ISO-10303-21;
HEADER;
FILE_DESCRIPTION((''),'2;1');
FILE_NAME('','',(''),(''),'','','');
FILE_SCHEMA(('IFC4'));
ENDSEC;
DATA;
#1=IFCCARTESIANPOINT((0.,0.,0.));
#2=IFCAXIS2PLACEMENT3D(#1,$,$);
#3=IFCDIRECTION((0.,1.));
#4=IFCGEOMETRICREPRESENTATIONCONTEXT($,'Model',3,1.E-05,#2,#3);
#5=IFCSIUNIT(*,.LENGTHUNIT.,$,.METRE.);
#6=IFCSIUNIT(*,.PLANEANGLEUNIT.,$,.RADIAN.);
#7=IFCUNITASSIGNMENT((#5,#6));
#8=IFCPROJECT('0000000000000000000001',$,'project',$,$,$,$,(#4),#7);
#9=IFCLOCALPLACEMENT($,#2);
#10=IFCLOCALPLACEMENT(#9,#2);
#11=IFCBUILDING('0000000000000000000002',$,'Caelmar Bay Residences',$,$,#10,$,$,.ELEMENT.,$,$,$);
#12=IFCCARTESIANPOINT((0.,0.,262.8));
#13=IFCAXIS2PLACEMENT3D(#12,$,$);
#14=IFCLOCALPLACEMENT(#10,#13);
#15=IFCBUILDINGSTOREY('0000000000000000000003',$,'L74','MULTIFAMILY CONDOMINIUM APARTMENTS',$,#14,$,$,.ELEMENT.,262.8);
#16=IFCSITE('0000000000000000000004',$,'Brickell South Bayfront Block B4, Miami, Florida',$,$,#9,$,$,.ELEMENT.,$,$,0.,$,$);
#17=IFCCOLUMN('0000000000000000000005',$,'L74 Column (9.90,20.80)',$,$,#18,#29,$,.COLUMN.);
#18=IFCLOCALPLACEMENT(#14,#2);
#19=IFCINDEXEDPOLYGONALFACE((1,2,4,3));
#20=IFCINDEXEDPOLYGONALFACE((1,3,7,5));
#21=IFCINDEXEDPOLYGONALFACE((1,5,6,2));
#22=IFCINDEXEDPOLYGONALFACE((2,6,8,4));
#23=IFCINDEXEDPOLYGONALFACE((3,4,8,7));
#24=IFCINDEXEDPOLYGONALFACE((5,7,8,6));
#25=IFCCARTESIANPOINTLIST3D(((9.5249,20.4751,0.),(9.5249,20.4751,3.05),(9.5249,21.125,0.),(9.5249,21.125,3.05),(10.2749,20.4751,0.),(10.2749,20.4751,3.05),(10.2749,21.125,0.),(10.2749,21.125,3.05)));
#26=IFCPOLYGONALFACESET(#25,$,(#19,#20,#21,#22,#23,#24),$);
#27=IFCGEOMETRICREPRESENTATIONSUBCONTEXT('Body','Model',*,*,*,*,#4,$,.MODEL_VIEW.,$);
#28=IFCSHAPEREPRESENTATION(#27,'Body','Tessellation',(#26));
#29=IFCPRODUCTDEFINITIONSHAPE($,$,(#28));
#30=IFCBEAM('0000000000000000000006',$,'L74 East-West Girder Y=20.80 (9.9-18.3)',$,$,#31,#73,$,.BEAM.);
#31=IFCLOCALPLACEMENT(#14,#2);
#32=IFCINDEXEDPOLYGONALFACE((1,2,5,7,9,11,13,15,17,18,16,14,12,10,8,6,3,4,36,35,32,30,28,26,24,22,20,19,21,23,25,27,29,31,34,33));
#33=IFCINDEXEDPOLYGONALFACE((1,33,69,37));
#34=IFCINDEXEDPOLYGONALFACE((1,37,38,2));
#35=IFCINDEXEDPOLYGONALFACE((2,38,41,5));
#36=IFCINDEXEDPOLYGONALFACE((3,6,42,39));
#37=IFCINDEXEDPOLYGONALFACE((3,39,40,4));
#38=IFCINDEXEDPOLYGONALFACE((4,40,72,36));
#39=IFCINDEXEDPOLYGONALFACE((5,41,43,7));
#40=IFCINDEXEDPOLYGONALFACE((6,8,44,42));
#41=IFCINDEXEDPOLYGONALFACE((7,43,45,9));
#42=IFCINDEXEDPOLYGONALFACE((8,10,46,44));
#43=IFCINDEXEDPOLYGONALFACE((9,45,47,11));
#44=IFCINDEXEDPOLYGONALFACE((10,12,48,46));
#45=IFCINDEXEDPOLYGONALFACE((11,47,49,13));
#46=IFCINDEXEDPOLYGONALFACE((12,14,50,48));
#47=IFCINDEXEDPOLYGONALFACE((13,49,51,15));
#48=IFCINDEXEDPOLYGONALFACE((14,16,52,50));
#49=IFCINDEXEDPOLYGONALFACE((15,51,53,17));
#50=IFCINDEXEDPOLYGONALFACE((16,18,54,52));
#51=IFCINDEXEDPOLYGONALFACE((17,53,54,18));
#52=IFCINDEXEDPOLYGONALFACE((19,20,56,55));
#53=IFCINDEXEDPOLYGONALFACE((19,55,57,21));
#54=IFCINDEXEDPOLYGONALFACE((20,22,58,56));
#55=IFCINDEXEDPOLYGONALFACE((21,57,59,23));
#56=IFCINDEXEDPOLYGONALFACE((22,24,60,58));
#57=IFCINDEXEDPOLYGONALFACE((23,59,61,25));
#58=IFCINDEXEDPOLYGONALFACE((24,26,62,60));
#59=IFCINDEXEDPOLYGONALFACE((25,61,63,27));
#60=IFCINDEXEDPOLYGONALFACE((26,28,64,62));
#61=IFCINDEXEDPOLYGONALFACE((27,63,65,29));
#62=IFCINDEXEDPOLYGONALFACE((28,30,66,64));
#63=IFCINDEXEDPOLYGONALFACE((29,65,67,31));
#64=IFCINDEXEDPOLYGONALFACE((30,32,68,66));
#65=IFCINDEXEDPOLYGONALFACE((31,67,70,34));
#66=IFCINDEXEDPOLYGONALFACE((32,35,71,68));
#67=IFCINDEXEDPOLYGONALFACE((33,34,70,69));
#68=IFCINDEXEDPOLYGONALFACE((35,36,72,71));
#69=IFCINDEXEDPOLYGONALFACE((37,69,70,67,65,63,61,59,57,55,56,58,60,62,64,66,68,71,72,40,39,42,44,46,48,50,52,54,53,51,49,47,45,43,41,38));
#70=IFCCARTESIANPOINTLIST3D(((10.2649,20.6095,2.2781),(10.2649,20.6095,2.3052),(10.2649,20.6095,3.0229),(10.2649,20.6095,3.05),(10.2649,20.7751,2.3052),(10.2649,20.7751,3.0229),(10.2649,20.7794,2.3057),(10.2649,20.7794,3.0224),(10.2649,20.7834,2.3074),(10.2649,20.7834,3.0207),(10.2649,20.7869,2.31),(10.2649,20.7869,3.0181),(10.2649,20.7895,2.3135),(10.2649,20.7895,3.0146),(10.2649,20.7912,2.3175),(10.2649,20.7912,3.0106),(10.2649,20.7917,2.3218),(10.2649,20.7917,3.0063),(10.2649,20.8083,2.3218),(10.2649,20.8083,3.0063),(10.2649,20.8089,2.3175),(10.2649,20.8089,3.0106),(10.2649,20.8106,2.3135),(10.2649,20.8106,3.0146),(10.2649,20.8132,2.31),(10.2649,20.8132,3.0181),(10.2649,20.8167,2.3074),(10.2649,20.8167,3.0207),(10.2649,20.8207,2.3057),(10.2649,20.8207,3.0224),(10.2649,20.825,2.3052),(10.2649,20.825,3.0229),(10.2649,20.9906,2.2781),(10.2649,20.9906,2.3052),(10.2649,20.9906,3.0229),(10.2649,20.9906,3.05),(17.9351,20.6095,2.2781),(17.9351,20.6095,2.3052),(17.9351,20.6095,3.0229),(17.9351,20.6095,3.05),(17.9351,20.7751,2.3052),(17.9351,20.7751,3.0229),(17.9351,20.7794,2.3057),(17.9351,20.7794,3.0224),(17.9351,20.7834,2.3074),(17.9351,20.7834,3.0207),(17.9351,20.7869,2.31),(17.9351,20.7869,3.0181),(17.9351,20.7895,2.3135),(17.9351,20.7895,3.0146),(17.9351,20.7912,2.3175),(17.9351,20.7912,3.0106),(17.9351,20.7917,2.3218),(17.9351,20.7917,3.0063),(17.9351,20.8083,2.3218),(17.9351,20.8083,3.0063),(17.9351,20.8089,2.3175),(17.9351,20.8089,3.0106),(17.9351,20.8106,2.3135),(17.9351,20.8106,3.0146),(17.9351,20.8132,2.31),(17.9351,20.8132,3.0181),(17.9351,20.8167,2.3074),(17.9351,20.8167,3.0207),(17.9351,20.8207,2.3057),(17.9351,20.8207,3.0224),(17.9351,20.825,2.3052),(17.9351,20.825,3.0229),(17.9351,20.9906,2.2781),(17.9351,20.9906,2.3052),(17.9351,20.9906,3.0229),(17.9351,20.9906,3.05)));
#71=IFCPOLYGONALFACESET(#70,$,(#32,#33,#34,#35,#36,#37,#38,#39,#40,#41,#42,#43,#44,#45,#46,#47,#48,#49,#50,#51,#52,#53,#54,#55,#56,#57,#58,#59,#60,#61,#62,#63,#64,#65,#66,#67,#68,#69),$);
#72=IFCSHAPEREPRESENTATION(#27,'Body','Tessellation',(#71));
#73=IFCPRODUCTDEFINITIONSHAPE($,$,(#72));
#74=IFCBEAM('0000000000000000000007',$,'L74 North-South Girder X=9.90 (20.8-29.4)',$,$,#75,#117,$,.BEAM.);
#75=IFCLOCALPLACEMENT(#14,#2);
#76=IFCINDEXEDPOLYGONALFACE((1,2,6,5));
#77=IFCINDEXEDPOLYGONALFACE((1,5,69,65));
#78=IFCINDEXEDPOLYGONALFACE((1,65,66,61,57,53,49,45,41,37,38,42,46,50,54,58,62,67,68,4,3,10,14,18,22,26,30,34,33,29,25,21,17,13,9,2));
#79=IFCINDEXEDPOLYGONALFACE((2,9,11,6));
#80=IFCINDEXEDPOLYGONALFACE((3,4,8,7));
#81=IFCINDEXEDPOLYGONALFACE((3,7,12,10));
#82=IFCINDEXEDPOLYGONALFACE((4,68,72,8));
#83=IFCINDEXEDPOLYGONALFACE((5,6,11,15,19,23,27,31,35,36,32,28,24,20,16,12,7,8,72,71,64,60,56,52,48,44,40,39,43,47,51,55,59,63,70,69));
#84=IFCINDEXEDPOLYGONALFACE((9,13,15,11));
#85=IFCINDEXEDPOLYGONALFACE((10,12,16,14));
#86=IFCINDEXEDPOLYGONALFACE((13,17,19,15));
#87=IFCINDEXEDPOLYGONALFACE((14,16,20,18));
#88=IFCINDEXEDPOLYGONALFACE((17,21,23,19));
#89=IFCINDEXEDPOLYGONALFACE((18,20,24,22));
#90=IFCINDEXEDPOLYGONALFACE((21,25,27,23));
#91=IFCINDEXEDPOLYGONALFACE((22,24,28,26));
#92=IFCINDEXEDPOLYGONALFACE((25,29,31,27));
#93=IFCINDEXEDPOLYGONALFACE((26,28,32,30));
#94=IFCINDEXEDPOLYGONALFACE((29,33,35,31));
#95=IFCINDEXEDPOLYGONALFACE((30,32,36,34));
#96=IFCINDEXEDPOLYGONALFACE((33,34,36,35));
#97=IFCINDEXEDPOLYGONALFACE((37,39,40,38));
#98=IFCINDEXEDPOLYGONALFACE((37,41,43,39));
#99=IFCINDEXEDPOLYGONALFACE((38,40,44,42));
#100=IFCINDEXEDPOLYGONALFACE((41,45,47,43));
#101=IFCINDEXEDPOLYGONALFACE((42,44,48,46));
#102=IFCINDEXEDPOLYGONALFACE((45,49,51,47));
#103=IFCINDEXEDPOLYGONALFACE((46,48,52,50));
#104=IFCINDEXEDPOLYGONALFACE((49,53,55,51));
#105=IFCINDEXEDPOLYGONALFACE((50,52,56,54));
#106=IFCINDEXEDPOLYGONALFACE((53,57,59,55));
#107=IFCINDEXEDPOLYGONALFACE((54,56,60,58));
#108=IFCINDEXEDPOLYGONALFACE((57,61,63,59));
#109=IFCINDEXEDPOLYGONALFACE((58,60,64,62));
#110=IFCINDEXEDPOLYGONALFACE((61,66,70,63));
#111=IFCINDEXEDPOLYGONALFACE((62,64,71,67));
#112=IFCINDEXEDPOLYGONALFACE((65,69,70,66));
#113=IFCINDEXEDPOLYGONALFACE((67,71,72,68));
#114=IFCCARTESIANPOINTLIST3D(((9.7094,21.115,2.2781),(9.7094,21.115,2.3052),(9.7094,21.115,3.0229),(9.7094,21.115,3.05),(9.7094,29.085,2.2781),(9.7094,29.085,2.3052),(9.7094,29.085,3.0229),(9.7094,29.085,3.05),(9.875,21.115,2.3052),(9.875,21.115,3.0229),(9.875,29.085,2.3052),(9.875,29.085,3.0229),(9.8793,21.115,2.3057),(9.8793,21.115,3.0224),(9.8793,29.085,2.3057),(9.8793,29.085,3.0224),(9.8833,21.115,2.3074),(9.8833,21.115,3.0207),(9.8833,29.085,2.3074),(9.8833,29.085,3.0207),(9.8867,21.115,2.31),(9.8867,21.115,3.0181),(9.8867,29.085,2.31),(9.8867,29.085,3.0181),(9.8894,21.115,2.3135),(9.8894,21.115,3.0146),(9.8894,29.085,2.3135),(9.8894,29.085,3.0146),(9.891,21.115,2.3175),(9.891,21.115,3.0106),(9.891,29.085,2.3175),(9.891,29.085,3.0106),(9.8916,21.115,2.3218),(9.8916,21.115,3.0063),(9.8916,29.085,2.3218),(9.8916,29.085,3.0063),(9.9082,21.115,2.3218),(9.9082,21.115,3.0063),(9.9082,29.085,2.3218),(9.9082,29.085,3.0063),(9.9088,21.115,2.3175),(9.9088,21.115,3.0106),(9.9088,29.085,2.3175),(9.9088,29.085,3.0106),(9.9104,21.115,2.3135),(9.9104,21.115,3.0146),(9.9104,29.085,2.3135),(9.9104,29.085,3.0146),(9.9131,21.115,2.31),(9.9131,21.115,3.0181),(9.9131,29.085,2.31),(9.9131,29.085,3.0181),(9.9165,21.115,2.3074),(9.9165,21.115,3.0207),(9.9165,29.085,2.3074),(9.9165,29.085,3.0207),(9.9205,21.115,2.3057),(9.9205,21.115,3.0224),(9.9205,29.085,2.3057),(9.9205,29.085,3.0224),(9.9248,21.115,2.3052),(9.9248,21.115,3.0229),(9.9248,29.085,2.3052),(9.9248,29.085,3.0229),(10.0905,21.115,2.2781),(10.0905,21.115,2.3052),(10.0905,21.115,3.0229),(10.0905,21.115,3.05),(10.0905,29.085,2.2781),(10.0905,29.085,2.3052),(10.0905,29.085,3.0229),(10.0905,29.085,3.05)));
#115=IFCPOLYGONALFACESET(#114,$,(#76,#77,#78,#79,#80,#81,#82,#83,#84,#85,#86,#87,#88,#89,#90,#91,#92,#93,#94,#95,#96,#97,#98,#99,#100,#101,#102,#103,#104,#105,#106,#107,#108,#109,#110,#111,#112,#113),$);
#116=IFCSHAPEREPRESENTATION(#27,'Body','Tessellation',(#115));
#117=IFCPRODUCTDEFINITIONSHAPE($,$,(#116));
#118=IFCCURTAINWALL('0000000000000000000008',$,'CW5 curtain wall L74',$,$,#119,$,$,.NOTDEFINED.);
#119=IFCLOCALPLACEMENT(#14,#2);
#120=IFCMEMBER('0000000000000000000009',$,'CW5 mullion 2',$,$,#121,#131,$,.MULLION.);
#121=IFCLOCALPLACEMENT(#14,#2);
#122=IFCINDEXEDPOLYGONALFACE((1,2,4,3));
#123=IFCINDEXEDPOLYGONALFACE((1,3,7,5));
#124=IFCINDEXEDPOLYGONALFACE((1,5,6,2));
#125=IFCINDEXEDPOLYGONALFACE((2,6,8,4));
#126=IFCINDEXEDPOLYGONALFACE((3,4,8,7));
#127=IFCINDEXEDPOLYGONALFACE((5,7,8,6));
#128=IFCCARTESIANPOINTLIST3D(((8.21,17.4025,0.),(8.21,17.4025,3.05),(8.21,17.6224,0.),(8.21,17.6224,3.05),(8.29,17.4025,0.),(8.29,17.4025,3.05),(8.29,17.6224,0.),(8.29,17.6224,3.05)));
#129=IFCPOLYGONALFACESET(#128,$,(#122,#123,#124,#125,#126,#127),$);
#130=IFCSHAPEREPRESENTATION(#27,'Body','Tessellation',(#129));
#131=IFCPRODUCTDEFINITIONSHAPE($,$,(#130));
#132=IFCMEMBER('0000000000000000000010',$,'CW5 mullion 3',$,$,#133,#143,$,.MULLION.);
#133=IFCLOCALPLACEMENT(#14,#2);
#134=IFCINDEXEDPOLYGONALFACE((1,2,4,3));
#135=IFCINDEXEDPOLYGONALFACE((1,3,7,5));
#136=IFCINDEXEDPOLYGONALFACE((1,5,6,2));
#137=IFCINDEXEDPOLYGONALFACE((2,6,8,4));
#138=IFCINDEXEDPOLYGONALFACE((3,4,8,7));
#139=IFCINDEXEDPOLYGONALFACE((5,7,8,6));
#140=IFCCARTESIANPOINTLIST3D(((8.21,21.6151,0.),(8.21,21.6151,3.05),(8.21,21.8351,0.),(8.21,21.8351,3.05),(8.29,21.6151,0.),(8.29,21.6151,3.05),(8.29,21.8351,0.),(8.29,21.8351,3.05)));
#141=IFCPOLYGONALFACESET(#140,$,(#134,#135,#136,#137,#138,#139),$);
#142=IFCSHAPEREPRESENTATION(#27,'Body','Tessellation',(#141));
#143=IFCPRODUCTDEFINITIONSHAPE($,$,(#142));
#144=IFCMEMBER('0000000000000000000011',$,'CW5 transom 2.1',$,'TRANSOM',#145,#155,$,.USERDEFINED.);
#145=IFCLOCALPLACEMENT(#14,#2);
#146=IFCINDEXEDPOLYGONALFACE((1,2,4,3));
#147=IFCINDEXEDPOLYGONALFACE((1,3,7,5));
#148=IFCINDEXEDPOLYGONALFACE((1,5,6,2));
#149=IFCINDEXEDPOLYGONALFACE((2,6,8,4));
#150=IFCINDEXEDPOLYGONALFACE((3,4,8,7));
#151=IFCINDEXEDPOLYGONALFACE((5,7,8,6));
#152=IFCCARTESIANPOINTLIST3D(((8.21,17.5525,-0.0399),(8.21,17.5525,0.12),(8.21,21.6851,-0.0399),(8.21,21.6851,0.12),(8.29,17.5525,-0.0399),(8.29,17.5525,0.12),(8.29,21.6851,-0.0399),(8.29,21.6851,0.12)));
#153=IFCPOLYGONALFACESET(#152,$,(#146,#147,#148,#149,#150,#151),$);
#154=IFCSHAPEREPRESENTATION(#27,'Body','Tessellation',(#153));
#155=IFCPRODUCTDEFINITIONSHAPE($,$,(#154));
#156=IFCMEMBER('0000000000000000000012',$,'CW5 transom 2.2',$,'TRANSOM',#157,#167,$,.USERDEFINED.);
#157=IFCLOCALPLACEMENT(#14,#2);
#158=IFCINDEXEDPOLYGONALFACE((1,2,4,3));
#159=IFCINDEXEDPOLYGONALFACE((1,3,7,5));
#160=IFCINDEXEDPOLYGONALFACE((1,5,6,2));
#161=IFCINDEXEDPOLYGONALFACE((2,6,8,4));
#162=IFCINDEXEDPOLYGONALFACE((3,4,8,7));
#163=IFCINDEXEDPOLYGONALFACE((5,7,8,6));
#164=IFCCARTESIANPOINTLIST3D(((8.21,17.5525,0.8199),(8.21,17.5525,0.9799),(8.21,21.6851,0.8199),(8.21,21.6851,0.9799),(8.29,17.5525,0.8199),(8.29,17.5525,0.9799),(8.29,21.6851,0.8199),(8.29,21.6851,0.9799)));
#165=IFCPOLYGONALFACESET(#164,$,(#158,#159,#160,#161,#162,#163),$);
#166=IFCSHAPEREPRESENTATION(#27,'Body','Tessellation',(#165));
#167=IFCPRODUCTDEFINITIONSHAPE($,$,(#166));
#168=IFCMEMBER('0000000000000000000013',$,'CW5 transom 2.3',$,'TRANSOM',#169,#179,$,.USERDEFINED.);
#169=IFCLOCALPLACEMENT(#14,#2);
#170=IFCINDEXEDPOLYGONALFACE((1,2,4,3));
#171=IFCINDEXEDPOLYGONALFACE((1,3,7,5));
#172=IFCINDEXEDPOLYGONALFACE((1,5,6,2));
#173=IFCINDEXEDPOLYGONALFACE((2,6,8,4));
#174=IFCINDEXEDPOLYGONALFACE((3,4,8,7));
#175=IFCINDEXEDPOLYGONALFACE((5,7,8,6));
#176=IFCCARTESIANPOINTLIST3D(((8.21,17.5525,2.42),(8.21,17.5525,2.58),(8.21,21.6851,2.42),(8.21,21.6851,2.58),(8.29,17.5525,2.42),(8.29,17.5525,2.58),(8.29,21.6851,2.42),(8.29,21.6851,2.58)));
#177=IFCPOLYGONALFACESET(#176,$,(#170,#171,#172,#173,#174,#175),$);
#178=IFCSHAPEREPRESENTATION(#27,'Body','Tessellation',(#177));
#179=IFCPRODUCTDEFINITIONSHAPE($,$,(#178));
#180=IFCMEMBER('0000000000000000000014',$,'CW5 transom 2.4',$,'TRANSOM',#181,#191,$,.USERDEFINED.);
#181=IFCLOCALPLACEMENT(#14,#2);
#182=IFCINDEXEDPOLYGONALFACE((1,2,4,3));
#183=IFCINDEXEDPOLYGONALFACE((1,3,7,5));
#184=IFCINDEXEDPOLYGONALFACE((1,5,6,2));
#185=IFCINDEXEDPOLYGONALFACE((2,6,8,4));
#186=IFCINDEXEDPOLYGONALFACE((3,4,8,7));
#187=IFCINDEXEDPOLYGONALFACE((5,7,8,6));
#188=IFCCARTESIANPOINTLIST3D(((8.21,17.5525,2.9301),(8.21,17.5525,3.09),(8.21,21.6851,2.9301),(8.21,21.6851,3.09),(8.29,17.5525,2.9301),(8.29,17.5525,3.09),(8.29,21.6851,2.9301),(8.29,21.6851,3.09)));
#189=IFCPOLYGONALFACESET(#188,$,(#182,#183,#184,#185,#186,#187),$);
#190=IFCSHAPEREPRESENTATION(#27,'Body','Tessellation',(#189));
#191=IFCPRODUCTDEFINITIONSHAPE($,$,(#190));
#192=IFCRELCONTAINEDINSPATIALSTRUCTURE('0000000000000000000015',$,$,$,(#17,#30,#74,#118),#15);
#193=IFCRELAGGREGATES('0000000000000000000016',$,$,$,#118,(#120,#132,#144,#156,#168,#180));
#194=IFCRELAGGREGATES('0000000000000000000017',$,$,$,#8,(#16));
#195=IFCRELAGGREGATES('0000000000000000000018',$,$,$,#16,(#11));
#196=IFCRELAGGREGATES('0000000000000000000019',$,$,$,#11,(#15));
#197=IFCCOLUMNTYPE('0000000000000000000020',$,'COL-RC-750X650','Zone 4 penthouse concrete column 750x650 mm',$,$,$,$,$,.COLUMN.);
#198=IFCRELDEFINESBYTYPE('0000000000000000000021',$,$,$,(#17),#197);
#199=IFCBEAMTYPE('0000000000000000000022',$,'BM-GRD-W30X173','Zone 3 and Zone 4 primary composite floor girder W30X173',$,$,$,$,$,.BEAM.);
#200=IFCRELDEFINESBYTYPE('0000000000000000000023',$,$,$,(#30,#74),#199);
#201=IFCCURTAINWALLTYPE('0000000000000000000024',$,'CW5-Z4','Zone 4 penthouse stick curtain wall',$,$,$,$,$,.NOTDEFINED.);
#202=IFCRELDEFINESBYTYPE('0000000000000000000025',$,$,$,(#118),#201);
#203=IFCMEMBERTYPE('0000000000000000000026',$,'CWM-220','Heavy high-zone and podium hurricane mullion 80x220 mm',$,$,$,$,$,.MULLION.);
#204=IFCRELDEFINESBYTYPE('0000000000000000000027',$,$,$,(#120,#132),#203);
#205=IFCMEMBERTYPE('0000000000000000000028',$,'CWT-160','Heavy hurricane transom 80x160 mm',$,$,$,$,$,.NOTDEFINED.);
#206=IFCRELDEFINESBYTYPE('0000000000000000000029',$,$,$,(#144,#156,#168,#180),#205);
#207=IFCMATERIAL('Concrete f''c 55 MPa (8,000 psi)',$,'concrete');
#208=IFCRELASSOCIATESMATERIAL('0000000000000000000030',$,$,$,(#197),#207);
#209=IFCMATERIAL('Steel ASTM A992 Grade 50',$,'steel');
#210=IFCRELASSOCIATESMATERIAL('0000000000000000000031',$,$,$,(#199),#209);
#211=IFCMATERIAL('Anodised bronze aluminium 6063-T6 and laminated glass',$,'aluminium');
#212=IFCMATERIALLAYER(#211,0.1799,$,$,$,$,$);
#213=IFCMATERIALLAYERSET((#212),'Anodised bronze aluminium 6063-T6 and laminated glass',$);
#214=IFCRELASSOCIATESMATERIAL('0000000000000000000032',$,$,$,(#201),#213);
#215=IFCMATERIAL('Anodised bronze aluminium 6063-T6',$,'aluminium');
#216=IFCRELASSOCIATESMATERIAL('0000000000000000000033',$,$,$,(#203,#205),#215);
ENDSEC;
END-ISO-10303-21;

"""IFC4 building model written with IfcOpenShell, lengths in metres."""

from ifc_helpers import new_model, si_unit, direction, frame, origin, origin_2d, place, context, subcontext, project, spatial, rectangle, i_section, extrude, material, layer, layer_set, material_profile, profile_set, type_object, element, aggregate, save


model = new_model("IFC4")

# Units and contexts
model_context = context("Model", 3, precision=1e-05, world=origin(), true_north=direction((0.0, 1.0)))
body_context = subcontext(model_context, "Body", "Model", "MODEL_VIEW")
ifc_project = project(units=[si_unit("LENGTHUNIT", "METRE"), si_unit("PLANEANGLEUNIT", "RADIAN")], contexts=[model_context])

# Site, building, storey
site_placement = place(None, origin())
site = spatial("IfcSite", under=ifc_project, at=site_placement, Name="Brickell South Bayfront Block B4, Miami, Florida", CompositionType="ELEMENT", RefElevation=0.0)
building_placement = place(site_placement, origin())
building = spatial("IfcBuilding", under=site, at=building_placement, Name="Caelmar Bay Residences", CompositionType="ELEMENT")
storey_placement = place(building_placement, frame((0.0, 0.0, 262.8)))
storey = spatial("IfcBuildingStorey", under=building, at=storey_placement, Name="L74", Description="MULTIFAMILY CONDOMINIUM APARTMENTS", CompositionType="ELEMENT", Elevation=262.8)

# Column
ifc_material_1 = material(Name="Concrete f'c 55 MPa (8,000 psi)", Category="concrete")
ifc_material_profile_1 = material_profile(ifc_material_1, rectangle(XDim=0.75, YDim=0.6499, at=origin_2d()), Name="RC-COL-750X650")
ifc_profile_set_1 = profile_set([ifc_material_profile_1], Name="Concrete f'c 55 MPa (8,000 psi)")
column_type = type_object("IfcColumnType", Name="COL-RC-750X650", Description="Zone 4 penthouse concrete column 750x650 mm", PredefinedType="COLUMN", material=ifc_profile_set_1)
column_placement = place(storey_placement, frame((9.8999, 20.8, 0.0), z_axis=(0.0, 0.0, 1.0), x_axis=(1.0, 0.0, 0.0)))
element("IfcColumn", 1, at=column_placement, inside=storey, type_object=column_type, Name="L74 Column (9.90,20.80)", PredefinedType="COLUMN", context=body_context, shape_type="SweptSolid", body=[
    extrude(rectangle(XDim=0.75, YDim=0.6499, at=origin_2d()), origin(), (0.0, 0.0, 1.0), 3.05),
])

# Beams
ifc_material_2 = material(Name="Steel ASTM A992 Grade 50", Category="steel")
ifc_material_profile_2 = material_profile(ifc_material_2, i_section(OverallWidth=0.3811, OverallDepth=0.772, WebThickness=0.0166, FlangeThickness=0.0271, FilletRadius=0.0166, at=origin_2d()), Name="W30X173")
ifc_profile_set_2 = profile_set([ifc_material_profile_2], Name="Steel ASTM A992 Grade 50")
beam_type = type_object("IfcBeamType", Name="BM-GRD-W30X173", Description="Zone 3 and Zone 4 primary composite floor girder W30X173", PredefinedType="BEAM", material=ifc_profile_set_2)
beam_1_placement = place(storey_placement, frame((10.2649, 20.8, 2.6641), z_axis=(1.0, 0.0, 0.0), x_axis=(0.0, 1.0, 0.0)))
element("IfcBeam", 2, at=beam_1_placement, inside=storey, type_object=beam_type, Name="L74 East-West Girder Y=20.80 (9.9-18.3)", PredefinedType="BEAM", context=body_context, shape_type="SweptSolid", body=[
    extrude(i_section(OverallWidth=0.3811, OverallDepth=0.772, WebThickness=0.0166, FlangeThickness=0.0271, FilletRadius=0.0166, at=origin_2d()), origin(), (0.0, 0.0, 1.0), 7.6702),
])
beam_2_placement = place(storey_placement, frame((9.8999, 21.115, 2.6641), z_axis=(0.0, 1.0, 0.0), x_axis=(-1.0, 0.0, 0.0)))
element("IfcBeam", 3, at=beam_2_placement, inside=storey, type_object=beam_type, Name="L74 North-South Girder X=9.90 (20.8-29.4)", PredefinedType="BEAM", context=body_context, shape_type="SweptSolid", body=[
    extrude(i_section(OverallWidth=0.3811, OverallDepth=0.772, WebThickness=0.0166, FlangeThickness=0.0271, FilletRadius=0.0166, at=origin_2d()), origin(), (0.0, 0.0, 1.0), 7.97),
])

# Curtain wall, members
ifc_material_3 = material(Name="Anodised bronze aluminium 6063-T6 and laminated glass", Category="aluminium")
ifc_layer_1 = layer(ifc_material_3, 0.1799)
ifc_layer_set_1 = layer_set([ifc_layer_1], Name="Anodised bronze aluminium 6063-T6 and laminated glass")
curtain_wall_type = type_object("IfcCurtainWallType", Name="CW5-Z4", Description="Zone 4 penthouse stick curtain wall", PredefinedType="NOTDEFINED", material=ifc_layer_set_1)
curtain_wall_placement = place(storey_placement, origin())
curtain_wall = element("IfcCurtainWall", 4, at=curtain_wall_placement, inside=storey, type_object=curtain_wall_type, Name="CW5 curtain wall L74", PredefinedType="NOTDEFINED")
ifc_material_4 = material(Name="Anodised bronze aluminium 6063-T6", Category="aluminium")
ifc_material_profile_3 = material_profile(ifc_material_4, rectangle(XDim=0.0801, YDim=0.22, at=origin_2d()), Name="CWM-80X220")
ifc_profile_set_3 = profile_set([ifc_material_profile_3], Name="Anodised bronze aluminium 6063-T6")
member_type_1 = type_object("IfcMemberType", Name="CWM-220", Description="Heavy high-zone and podium hurricane mullion 80x220 mm", PredefinedType="MULLION", material=ifc_profile_set_3)
member_1_placement = place(storey_placement, frame((8.25, 17.5125, 0.0), z_axis=(0.0, 0.0, 1.0), x_axis=(-1.0, 0.0, 0.0)))
member_1 = element("IfcMember", 5, at=member_1_placement, type_object=member_type_1, Name="CW5 mullion 2", PredefinedType="MULLION", context=body_context, shape_type="SweptSolid", body=[
    extrude(rectangle(XDim=0.0801, YDim=0.22, at=origin_2d()), origin(), (0.0, 0.0, 1.0), 3.05),
])
member_2_placement = place(storey_placement, frame((8.25, 21.7251, 0.0), z_axis=(0.0, 0.0, 1.0), x_axis=(-1.0, 0.0, 0.0)))
member_2 = element("IfcMember", 6, at=member_2_placement, type_object=member_type_1, Name="CW5 mullion 3", PredefinedType="MULLION", context=body_context, shape_type="SweptSolid", body=[
    extrude(rectangle(XDim=0.0801, YDim=0.22, at=origin_2d()), origin(), (0.0, 0.0, 1.0), 3.05),
])
ifc_material_profile_4 = material_profile(ifc_material_4, rectangle(XDim=0.0801, YDim=0.1599, at=origin_2d()), Name="CWT-80X160")
ifc_profile_set_4 = profile_set([ifc_material_profile_4], Name="Anodised bronze aluminium 6063-T6")
member_type_2 = type_object("IfcMemberType", Name="CWT-160", Description="Heavy hurricane transom 80x160 mm", PredefinedType="NOTDEFINED", material=ifc_profile_set_4)
member_3_placement = place(storey_placement, frame((8.25, 17.5525, 0.04), z_axis=(0.0, 1.0, 0.0), x_axis=(-1.0, 0.0, 0.0)))
member_3 = element("IfcMember", 7, at=member_3_placement, type_object=member_type_2, Name="CW5 transom 2.1", ObjectType="TRANSOM", PredefinedType="USERDEFINED", context=body_context, shape_type="SweptSolid", body=[
    extrude(rectangle(XDim=0.0801, YDim=0.1599, at=origin_2d()), origin(), (0.0, 0.0, 1.0), 4.1326),
])
member_4_placement = place(storey_placement, frame((8.25, 17.5525, 0.8999), z_axis=(0.0, 1.0, 0.0), x_axis=(-1.0, 0.0, 0.0)))
member_4 = element("IfcMember", 8, at=member_4_placement, type_object=member_type_2, Name="CW5 transom 2.2", ObjectType="TRANSOM", PredefinedType="USERDEFINED", context=body_context, shape_type="SweptSolid", body=[
    extrude(rectangle(XDim=0.0801, YDim=0.1599, at=origin_2d()), origin(), (0.0, 0.0, 1.0), 4.1326),
])
member_5_placement = place(storey_placement, frame((8.25, 17.5525, 2.5), z_axis=(0.0, 1.0, 0.0), x_axis=(-1.0, 0.0, 0.0)))
member_5 = element("IfcMember", 9, at=member_5_placement, type_object=member_type_2, Name="CW5 transom 2.3", ObjectType="TRANSOM", PredefinedType="USERDEFINED", context=body_context, shape_type="SweptSolid", body=[
    extrude(rectangle(XDim=0.0801, YDim=0.1599, at=origin_2d()), origin(), (0.0, 0.0, 1.0), 4.1326),
])
member_6_placement = place(storey_placement, frame((8.25, 17.5525, 3.01), z_axis=(0.0, 1.0, 0.0), x_axis=(-1.0, 0.0, 0.0)))
member_6 = element("IfcMember", 10, at=member_6_placement, type_object=member_type_2, Name="CW5 transom 2.4", ObjectType="TRANSOM", PredefinedType="USERDEFINED", context=body_context, shape_type="SweptSolid", body=[
    extrude(rectangle(XDim=0.0801, YDim=0.1599, at=origin_2d()), origin(), (0.0, 0.0, 1.0), 4.1326),
])
aggregate(curtain_wall, [member_1, member_2, member_3, member_4, member_5, member_6])

save(model, "model.ifc")
